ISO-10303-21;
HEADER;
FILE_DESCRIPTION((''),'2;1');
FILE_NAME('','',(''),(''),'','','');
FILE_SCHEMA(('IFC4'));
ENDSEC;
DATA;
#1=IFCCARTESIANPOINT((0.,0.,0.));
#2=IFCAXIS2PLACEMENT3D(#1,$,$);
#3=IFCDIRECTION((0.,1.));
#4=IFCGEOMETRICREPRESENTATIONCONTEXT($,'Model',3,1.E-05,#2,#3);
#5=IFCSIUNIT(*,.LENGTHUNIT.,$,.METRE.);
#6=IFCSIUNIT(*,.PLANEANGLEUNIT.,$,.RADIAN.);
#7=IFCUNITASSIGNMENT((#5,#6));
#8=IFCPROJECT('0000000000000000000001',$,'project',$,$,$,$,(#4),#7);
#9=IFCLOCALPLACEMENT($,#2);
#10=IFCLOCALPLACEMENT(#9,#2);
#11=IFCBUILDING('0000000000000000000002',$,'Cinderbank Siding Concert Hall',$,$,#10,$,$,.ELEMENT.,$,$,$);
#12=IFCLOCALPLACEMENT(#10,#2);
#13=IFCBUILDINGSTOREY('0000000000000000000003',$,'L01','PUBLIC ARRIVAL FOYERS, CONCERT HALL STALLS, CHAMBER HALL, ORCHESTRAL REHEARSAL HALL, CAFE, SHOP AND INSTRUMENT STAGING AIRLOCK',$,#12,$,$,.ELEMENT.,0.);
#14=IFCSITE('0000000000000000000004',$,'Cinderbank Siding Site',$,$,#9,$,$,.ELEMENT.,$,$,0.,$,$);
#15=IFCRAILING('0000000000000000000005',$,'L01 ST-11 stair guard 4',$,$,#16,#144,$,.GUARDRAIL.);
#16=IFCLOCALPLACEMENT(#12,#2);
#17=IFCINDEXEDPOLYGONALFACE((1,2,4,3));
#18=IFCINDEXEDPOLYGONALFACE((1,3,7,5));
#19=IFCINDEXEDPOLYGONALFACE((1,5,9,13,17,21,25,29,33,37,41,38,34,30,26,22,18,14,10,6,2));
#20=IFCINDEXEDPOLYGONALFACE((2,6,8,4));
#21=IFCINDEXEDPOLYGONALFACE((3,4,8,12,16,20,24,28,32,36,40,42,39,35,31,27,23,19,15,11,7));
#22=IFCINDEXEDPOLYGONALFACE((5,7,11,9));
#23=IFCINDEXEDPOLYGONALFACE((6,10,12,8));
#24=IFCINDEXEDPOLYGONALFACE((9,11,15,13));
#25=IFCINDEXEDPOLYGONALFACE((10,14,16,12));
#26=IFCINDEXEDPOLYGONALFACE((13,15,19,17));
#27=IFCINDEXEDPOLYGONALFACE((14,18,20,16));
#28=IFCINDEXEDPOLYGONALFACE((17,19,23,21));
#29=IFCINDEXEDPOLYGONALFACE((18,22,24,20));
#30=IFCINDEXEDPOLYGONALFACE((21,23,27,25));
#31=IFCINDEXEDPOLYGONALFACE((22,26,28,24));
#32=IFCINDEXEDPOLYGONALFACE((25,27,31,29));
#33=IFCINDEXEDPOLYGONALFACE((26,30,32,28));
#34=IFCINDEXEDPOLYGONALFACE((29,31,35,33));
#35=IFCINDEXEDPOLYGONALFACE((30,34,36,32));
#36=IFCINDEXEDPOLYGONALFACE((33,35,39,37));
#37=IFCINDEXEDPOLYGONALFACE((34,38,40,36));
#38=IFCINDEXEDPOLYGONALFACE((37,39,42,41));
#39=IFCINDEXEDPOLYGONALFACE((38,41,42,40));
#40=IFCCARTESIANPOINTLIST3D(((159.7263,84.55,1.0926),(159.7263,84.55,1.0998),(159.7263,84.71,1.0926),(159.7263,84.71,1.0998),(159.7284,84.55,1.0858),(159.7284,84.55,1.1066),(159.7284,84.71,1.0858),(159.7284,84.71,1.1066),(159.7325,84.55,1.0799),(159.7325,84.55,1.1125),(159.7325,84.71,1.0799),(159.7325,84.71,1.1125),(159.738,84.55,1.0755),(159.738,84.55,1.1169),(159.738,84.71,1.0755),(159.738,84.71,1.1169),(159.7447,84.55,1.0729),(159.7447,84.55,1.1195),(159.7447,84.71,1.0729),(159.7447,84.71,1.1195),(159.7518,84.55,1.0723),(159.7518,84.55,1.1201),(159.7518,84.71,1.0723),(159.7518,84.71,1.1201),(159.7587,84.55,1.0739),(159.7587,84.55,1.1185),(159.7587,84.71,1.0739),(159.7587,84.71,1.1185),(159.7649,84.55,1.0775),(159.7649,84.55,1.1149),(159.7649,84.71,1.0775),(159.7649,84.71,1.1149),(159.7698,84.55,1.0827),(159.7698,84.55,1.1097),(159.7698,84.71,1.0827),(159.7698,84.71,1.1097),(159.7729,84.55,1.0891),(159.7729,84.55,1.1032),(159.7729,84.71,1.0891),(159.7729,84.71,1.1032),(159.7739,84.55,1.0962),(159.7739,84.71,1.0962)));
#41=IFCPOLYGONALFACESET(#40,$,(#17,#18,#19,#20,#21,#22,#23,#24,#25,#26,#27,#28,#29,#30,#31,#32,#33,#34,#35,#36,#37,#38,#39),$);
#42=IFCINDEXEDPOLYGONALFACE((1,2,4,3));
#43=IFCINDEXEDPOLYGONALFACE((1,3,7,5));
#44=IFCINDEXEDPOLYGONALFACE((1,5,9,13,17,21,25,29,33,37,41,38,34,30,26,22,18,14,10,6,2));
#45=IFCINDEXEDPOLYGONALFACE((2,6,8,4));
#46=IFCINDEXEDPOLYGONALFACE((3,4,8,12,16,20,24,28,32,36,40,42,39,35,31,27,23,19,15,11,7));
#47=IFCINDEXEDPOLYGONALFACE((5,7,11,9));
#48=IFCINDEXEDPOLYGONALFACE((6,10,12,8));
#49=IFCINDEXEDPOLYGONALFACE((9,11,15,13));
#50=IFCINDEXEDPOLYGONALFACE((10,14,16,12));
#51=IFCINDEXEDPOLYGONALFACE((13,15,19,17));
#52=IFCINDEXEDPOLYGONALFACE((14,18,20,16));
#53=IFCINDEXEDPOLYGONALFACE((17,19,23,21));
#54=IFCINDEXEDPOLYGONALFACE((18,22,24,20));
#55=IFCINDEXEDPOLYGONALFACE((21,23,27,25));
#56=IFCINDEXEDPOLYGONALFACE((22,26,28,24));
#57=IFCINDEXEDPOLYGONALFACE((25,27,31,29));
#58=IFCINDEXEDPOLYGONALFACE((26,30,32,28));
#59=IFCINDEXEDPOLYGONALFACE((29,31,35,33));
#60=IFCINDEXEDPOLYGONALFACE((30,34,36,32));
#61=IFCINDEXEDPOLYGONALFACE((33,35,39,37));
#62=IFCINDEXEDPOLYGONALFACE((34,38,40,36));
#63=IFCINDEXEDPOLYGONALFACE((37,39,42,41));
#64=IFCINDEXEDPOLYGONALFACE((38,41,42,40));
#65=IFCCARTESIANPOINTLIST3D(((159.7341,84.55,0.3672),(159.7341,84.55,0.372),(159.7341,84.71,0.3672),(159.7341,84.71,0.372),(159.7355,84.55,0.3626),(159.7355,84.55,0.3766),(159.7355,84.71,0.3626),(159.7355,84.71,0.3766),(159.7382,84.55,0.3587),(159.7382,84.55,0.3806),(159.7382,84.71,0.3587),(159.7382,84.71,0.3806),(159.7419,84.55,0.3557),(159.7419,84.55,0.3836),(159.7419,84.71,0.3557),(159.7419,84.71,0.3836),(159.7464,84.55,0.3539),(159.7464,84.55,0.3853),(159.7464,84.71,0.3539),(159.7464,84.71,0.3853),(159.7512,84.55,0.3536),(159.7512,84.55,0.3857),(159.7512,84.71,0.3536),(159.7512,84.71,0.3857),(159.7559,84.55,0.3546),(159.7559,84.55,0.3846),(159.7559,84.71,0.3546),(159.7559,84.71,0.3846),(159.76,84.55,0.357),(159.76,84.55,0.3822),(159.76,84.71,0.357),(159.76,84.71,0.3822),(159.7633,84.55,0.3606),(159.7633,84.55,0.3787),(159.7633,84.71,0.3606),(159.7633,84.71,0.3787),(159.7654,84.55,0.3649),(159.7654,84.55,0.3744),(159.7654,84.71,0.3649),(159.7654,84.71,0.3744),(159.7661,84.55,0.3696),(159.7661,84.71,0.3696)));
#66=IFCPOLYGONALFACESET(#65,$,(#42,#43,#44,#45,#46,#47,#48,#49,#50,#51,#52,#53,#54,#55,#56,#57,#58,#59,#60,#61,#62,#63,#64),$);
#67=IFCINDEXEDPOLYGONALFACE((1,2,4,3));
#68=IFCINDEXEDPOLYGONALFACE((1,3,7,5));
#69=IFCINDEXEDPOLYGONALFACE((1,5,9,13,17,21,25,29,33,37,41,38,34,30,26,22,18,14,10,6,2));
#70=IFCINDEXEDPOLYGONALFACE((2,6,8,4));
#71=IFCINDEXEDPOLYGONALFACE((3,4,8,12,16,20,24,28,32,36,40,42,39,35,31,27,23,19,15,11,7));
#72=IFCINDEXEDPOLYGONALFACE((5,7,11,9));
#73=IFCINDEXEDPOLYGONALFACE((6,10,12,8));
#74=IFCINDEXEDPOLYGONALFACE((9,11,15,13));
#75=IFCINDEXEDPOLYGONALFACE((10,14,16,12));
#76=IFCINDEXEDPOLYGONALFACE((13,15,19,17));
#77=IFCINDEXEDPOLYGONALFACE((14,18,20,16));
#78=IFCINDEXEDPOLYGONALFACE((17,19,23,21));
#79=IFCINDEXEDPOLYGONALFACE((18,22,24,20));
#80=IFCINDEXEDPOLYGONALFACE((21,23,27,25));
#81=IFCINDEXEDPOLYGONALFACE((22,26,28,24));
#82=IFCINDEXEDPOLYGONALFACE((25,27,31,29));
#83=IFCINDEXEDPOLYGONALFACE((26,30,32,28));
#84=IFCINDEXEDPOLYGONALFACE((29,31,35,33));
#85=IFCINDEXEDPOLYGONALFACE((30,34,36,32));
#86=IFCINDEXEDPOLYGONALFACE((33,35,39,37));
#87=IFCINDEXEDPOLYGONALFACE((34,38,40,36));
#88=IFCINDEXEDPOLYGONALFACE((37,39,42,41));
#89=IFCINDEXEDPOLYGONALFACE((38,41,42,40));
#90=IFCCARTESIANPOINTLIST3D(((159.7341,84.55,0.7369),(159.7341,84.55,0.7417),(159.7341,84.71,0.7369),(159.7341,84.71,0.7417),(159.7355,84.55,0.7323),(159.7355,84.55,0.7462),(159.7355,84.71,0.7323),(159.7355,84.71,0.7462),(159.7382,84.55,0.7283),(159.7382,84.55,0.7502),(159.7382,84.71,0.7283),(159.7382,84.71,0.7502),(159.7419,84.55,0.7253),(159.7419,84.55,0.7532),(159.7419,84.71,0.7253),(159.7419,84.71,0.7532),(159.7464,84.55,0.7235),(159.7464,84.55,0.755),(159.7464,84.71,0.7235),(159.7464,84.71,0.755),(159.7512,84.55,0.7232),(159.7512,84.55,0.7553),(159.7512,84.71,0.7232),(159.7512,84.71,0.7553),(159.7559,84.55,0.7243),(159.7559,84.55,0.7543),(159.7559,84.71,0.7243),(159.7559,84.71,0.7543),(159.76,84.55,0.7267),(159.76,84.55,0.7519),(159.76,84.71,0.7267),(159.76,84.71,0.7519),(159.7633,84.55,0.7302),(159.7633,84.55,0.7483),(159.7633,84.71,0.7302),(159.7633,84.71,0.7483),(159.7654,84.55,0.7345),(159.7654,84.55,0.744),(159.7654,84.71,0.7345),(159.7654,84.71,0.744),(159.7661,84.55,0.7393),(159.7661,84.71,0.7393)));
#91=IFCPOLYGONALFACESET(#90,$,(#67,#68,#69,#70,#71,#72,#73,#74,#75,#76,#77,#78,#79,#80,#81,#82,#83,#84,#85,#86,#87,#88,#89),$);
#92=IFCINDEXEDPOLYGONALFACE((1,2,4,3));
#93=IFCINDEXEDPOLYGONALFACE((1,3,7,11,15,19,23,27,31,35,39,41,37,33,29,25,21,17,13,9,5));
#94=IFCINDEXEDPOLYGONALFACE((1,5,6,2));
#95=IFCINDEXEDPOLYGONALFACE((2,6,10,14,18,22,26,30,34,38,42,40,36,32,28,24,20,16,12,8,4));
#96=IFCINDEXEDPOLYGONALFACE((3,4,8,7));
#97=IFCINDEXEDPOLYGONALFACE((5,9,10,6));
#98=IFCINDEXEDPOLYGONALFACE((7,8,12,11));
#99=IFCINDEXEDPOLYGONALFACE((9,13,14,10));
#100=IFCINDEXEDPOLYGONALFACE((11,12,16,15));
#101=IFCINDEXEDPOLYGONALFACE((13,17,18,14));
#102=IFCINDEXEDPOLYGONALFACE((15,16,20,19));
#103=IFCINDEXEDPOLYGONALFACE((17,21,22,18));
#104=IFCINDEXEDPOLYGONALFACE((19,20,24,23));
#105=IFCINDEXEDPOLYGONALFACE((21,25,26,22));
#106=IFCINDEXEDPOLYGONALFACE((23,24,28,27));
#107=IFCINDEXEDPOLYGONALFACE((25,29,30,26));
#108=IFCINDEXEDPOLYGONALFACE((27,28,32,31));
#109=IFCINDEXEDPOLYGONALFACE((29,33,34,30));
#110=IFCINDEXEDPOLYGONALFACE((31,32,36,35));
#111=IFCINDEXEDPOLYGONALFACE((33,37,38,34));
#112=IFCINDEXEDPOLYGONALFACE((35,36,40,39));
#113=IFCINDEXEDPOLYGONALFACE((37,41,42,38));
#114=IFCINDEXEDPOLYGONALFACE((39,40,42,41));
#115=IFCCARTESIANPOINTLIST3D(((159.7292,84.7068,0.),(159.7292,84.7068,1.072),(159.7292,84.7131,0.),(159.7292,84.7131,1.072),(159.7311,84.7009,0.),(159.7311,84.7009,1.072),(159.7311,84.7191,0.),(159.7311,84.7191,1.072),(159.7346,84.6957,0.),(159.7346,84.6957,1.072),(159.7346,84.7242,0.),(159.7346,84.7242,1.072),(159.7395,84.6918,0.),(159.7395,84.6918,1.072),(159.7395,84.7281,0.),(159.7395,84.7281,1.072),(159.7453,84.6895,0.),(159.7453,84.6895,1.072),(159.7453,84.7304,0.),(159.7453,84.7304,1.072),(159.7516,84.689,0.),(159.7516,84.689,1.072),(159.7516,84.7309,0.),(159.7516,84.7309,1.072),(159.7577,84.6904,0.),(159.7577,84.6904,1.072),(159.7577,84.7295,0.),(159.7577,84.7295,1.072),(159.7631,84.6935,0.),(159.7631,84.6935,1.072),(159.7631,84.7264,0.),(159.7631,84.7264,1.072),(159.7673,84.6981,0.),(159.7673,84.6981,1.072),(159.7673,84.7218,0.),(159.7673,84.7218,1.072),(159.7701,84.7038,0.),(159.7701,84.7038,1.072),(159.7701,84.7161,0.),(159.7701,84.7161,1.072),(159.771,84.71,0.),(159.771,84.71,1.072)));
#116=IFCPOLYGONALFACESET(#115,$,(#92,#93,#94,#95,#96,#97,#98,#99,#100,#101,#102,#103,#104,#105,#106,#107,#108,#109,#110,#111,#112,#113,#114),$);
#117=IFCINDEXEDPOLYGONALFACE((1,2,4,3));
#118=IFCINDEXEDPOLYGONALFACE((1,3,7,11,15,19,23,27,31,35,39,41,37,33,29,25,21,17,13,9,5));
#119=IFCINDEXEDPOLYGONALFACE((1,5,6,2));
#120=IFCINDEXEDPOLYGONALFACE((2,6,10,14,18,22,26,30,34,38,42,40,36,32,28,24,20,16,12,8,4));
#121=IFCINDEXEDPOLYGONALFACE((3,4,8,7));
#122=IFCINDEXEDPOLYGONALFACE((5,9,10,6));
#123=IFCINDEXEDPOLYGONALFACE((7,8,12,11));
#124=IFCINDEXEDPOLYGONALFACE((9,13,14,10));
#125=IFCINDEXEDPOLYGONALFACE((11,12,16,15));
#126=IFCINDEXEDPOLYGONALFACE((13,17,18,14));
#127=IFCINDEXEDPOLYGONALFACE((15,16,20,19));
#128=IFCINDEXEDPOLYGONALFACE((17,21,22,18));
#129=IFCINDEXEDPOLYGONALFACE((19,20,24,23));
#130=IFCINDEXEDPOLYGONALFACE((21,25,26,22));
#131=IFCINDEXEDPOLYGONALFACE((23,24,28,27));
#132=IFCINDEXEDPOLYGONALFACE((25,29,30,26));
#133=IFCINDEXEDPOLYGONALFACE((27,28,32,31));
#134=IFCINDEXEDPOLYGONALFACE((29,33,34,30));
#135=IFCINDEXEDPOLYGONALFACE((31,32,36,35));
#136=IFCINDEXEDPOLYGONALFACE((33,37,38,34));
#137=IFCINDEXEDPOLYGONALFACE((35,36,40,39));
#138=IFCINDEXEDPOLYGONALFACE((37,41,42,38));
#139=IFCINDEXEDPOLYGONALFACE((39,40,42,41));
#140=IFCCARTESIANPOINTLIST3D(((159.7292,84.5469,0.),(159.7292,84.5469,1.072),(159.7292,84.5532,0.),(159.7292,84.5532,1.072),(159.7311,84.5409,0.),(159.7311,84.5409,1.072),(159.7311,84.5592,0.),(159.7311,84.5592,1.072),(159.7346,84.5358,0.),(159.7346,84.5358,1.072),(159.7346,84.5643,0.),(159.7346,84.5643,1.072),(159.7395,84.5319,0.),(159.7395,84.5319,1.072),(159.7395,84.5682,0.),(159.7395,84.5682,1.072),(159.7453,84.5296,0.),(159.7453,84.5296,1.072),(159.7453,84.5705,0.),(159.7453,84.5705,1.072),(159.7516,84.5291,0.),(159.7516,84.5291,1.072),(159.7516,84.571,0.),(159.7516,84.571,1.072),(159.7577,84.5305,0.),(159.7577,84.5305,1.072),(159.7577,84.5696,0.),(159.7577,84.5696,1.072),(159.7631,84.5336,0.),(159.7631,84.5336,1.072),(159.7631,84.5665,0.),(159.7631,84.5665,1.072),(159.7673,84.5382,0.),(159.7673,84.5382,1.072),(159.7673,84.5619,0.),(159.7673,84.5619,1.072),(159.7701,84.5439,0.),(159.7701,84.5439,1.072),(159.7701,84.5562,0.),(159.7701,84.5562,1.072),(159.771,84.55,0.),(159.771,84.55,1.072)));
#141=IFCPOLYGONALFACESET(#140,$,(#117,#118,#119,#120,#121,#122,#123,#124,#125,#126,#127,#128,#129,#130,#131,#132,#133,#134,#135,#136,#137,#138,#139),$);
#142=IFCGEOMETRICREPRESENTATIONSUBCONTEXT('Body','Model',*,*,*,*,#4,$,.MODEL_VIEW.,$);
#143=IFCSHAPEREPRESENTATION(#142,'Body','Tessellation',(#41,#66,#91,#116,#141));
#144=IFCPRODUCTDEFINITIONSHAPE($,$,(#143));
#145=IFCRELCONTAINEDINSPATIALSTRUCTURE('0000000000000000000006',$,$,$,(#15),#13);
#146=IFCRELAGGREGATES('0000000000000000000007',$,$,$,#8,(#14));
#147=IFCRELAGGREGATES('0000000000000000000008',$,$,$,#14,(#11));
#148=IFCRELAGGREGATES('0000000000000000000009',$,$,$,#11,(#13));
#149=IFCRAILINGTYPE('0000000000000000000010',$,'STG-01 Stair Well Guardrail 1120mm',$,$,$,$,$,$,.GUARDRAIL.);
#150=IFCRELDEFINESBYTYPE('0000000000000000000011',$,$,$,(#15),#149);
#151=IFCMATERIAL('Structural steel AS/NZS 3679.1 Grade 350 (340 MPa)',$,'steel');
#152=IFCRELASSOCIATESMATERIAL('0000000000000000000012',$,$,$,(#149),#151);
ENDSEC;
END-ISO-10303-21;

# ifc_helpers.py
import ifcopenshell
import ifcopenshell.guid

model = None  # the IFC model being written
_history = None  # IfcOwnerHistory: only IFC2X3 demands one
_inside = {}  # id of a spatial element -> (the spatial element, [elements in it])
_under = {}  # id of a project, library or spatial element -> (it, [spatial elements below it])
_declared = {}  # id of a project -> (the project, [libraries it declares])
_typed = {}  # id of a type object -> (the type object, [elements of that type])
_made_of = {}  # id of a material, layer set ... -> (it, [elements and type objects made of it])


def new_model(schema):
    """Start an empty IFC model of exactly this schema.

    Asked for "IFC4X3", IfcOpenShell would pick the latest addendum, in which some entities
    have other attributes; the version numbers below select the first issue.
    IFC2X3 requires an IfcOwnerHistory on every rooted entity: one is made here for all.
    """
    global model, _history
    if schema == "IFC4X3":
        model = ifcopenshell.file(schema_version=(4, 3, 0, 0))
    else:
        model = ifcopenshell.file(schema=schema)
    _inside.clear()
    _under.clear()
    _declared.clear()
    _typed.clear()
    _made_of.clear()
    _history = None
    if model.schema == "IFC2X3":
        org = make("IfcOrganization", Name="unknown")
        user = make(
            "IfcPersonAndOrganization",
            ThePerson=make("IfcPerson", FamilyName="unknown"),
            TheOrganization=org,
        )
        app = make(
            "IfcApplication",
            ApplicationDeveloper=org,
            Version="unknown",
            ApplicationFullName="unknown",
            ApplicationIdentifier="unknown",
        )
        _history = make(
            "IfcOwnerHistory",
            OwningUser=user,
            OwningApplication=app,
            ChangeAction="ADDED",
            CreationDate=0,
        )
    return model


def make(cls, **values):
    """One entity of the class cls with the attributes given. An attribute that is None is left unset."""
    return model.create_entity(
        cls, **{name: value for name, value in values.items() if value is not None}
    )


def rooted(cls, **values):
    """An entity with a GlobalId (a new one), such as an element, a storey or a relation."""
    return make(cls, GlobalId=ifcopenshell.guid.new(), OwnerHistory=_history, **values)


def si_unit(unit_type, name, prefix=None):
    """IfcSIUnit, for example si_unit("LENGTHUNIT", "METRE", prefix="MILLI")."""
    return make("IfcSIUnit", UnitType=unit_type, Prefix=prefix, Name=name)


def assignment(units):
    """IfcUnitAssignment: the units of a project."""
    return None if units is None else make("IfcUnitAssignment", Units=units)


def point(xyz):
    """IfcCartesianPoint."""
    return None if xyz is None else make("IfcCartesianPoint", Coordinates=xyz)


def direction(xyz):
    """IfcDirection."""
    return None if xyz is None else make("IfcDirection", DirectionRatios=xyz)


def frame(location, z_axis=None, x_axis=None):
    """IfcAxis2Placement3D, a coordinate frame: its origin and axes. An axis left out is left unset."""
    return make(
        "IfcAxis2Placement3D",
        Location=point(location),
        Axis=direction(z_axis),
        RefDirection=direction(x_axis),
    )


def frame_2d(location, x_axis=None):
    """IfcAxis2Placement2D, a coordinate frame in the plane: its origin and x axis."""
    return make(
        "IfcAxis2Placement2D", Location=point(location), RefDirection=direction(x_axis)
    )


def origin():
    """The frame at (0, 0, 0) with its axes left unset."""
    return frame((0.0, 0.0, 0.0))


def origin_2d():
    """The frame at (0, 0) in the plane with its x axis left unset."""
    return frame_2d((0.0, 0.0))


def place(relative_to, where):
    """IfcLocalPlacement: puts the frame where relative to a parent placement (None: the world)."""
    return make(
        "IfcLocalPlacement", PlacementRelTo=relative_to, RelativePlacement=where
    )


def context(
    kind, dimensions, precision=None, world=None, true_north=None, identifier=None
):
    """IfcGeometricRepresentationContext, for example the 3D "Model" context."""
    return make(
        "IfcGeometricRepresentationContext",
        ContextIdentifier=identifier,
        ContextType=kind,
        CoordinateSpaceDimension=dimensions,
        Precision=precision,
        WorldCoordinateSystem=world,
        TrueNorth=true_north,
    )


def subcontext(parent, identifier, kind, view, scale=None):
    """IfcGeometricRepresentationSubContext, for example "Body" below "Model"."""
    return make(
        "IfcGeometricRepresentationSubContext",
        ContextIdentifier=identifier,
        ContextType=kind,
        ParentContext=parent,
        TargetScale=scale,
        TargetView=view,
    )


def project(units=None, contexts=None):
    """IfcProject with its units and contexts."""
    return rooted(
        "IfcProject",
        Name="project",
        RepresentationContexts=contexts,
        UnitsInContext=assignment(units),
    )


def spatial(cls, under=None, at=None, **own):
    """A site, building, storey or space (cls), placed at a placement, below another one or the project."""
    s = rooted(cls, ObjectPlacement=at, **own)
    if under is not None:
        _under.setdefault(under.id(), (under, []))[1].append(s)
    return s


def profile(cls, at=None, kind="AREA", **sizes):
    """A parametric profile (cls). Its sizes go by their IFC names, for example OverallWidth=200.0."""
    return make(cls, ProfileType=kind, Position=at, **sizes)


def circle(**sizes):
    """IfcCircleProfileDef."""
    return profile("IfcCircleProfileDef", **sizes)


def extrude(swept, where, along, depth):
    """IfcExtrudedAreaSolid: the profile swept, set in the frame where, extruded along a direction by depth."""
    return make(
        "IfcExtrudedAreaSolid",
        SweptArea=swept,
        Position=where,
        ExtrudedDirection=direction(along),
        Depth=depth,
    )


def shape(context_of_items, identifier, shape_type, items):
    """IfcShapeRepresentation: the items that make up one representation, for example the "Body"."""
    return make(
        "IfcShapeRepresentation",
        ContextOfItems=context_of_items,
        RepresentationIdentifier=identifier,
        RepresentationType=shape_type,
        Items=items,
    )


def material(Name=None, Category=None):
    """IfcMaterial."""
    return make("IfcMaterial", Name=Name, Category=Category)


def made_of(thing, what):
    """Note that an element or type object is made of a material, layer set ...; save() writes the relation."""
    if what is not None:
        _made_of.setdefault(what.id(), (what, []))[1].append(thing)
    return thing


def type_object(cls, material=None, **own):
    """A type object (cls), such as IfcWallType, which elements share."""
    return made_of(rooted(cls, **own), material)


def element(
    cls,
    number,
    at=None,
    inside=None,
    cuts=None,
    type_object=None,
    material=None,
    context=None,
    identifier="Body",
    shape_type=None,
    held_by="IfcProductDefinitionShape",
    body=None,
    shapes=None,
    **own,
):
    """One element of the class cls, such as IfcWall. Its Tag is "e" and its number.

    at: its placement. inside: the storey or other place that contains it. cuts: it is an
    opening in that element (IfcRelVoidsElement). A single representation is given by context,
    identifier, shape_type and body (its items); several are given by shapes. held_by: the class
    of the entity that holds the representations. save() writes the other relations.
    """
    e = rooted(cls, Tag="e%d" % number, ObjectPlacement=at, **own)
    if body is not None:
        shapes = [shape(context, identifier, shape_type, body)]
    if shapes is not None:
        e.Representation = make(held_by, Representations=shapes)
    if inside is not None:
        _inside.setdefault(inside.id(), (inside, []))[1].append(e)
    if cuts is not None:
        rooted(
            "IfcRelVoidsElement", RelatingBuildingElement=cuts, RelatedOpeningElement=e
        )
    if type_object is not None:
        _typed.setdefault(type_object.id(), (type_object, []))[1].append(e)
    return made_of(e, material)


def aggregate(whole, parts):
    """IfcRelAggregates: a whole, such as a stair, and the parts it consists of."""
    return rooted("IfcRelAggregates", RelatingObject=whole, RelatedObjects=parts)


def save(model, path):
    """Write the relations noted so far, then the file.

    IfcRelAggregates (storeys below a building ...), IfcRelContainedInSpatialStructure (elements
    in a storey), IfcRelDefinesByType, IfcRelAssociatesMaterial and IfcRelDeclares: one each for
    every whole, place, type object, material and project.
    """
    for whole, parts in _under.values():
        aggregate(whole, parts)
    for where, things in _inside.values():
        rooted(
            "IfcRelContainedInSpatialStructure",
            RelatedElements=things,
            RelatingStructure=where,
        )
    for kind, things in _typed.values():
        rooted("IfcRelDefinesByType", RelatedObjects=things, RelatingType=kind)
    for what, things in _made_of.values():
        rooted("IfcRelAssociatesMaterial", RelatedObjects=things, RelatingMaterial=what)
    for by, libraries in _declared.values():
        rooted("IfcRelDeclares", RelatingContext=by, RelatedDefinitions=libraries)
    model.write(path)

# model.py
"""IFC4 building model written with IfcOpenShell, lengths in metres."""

from ifc_helpers import new_model, si_unit, direction, frame, origin, origin_2d, place, context, subcontext, project, spatial, circle, extrude, material, type_object, element, save


model = new_model("IFC4")

# Units and contexts
model_context = context("Model", 3, precision=1e-05, world=origin(), true_north=direction((0.0, 1.0)))
body_context = subcontext(model_context, "Body", "Model", "MODEL_VIEW")
ifc_project = project(units=[si_unit("LENGTHUNIT", "METRE"), si_unit("PLANEANGLEUNIT", "RADIAN")], contexts=[model_context])

# Site, building, storey
site_placement = place(None, origin())
site = spatial("IfcSite", under=ifc_project, at=site_placement, Name="Cinderbank Siding Site", CompositionType="ELEMENT", RefElevation=0.0)
building_placement = place(site_placement, origin())
building = spatial("IfcBuilding", under=site, at=building_placement, Name="Cinderbank Siding Concert Hall", CompositionType="ELEMENT")
storey_placement = place(building_placement, origin())
storey = spatial("IfcBuildingStorey", under=building, at=storey_placement, Name="L01", Description="PUBLIC ARRIVAL FOYERS, CONCERT HALL STALLS, CHAMBER HALL, ORCHESTRAL REHEARSAL HALL, CAFE, SHOP AND INSTRUMENT STAGING AIRLOCK", CompositionType="ELEMENT", Elevation=0.0)

# Shared definitions
ifc_material_1 = material(Name="Structural steel AS/NZS 3679.1 Grade 350 (340 MPa)", Category="steel")

# Railing
railing_type_1 = type_object("IfcRailingType", Name="STG-01 Stair Well Guardrail 1120mm", PredefinedType="GUARDRAIL", material=ifc_material_1)
railing_1_placement = place(storey_placement, frame((159.75, 84.71, 0.0)))
element("IfcRailing", 1, at=railing_1_placement, inside=storey, type_object=railing_type_1, Name="L01 ST-11 stair guard 4", PredefinedType="GUARDRAIL", context=body_context, shape_type="SweptSolid", body=[
    extrude(circle(Radius=0.0239, at=origin_2d()), frame((0.0, 0.0, 1.0962), z_axis=(0.0, -1.0, 0.0), x_axis=(1.0, 0.0, 0.0)), (0.0, 0.0, 1.0), 0.1599),
    extrude(circle(Radius=0.0161, at=origin_2d()), frame((0.0, 0.0, 0.3696), z_axis=(0.0, -1.0, 0.0), x_axis=(1.0, 0.0, 0.0)), (0.0, 0.0, 1.0), 0.1599),
    extrude(circle(Radius=0.0161, at=origin_2d()), frame((0.0, 0.0, 0.7393), z_axis=(0.0, -1.0, 0.0), x_axis=(1.0, 0.0, 0.0)), (0.0, 0.0, 1.0), 0.1599),
    extrude(circle(Radius=0.021, at=origin_2d()), origin(), (0.0, 0.0, 1.0), 1.072),
    extrude(circle(Radius=0.021, at=origin_2d()), frame((0.0, -0.1599, 0.0)), (0.0, 0.0, 1.0), 1.072),
])

save(model, "model.ifc")
